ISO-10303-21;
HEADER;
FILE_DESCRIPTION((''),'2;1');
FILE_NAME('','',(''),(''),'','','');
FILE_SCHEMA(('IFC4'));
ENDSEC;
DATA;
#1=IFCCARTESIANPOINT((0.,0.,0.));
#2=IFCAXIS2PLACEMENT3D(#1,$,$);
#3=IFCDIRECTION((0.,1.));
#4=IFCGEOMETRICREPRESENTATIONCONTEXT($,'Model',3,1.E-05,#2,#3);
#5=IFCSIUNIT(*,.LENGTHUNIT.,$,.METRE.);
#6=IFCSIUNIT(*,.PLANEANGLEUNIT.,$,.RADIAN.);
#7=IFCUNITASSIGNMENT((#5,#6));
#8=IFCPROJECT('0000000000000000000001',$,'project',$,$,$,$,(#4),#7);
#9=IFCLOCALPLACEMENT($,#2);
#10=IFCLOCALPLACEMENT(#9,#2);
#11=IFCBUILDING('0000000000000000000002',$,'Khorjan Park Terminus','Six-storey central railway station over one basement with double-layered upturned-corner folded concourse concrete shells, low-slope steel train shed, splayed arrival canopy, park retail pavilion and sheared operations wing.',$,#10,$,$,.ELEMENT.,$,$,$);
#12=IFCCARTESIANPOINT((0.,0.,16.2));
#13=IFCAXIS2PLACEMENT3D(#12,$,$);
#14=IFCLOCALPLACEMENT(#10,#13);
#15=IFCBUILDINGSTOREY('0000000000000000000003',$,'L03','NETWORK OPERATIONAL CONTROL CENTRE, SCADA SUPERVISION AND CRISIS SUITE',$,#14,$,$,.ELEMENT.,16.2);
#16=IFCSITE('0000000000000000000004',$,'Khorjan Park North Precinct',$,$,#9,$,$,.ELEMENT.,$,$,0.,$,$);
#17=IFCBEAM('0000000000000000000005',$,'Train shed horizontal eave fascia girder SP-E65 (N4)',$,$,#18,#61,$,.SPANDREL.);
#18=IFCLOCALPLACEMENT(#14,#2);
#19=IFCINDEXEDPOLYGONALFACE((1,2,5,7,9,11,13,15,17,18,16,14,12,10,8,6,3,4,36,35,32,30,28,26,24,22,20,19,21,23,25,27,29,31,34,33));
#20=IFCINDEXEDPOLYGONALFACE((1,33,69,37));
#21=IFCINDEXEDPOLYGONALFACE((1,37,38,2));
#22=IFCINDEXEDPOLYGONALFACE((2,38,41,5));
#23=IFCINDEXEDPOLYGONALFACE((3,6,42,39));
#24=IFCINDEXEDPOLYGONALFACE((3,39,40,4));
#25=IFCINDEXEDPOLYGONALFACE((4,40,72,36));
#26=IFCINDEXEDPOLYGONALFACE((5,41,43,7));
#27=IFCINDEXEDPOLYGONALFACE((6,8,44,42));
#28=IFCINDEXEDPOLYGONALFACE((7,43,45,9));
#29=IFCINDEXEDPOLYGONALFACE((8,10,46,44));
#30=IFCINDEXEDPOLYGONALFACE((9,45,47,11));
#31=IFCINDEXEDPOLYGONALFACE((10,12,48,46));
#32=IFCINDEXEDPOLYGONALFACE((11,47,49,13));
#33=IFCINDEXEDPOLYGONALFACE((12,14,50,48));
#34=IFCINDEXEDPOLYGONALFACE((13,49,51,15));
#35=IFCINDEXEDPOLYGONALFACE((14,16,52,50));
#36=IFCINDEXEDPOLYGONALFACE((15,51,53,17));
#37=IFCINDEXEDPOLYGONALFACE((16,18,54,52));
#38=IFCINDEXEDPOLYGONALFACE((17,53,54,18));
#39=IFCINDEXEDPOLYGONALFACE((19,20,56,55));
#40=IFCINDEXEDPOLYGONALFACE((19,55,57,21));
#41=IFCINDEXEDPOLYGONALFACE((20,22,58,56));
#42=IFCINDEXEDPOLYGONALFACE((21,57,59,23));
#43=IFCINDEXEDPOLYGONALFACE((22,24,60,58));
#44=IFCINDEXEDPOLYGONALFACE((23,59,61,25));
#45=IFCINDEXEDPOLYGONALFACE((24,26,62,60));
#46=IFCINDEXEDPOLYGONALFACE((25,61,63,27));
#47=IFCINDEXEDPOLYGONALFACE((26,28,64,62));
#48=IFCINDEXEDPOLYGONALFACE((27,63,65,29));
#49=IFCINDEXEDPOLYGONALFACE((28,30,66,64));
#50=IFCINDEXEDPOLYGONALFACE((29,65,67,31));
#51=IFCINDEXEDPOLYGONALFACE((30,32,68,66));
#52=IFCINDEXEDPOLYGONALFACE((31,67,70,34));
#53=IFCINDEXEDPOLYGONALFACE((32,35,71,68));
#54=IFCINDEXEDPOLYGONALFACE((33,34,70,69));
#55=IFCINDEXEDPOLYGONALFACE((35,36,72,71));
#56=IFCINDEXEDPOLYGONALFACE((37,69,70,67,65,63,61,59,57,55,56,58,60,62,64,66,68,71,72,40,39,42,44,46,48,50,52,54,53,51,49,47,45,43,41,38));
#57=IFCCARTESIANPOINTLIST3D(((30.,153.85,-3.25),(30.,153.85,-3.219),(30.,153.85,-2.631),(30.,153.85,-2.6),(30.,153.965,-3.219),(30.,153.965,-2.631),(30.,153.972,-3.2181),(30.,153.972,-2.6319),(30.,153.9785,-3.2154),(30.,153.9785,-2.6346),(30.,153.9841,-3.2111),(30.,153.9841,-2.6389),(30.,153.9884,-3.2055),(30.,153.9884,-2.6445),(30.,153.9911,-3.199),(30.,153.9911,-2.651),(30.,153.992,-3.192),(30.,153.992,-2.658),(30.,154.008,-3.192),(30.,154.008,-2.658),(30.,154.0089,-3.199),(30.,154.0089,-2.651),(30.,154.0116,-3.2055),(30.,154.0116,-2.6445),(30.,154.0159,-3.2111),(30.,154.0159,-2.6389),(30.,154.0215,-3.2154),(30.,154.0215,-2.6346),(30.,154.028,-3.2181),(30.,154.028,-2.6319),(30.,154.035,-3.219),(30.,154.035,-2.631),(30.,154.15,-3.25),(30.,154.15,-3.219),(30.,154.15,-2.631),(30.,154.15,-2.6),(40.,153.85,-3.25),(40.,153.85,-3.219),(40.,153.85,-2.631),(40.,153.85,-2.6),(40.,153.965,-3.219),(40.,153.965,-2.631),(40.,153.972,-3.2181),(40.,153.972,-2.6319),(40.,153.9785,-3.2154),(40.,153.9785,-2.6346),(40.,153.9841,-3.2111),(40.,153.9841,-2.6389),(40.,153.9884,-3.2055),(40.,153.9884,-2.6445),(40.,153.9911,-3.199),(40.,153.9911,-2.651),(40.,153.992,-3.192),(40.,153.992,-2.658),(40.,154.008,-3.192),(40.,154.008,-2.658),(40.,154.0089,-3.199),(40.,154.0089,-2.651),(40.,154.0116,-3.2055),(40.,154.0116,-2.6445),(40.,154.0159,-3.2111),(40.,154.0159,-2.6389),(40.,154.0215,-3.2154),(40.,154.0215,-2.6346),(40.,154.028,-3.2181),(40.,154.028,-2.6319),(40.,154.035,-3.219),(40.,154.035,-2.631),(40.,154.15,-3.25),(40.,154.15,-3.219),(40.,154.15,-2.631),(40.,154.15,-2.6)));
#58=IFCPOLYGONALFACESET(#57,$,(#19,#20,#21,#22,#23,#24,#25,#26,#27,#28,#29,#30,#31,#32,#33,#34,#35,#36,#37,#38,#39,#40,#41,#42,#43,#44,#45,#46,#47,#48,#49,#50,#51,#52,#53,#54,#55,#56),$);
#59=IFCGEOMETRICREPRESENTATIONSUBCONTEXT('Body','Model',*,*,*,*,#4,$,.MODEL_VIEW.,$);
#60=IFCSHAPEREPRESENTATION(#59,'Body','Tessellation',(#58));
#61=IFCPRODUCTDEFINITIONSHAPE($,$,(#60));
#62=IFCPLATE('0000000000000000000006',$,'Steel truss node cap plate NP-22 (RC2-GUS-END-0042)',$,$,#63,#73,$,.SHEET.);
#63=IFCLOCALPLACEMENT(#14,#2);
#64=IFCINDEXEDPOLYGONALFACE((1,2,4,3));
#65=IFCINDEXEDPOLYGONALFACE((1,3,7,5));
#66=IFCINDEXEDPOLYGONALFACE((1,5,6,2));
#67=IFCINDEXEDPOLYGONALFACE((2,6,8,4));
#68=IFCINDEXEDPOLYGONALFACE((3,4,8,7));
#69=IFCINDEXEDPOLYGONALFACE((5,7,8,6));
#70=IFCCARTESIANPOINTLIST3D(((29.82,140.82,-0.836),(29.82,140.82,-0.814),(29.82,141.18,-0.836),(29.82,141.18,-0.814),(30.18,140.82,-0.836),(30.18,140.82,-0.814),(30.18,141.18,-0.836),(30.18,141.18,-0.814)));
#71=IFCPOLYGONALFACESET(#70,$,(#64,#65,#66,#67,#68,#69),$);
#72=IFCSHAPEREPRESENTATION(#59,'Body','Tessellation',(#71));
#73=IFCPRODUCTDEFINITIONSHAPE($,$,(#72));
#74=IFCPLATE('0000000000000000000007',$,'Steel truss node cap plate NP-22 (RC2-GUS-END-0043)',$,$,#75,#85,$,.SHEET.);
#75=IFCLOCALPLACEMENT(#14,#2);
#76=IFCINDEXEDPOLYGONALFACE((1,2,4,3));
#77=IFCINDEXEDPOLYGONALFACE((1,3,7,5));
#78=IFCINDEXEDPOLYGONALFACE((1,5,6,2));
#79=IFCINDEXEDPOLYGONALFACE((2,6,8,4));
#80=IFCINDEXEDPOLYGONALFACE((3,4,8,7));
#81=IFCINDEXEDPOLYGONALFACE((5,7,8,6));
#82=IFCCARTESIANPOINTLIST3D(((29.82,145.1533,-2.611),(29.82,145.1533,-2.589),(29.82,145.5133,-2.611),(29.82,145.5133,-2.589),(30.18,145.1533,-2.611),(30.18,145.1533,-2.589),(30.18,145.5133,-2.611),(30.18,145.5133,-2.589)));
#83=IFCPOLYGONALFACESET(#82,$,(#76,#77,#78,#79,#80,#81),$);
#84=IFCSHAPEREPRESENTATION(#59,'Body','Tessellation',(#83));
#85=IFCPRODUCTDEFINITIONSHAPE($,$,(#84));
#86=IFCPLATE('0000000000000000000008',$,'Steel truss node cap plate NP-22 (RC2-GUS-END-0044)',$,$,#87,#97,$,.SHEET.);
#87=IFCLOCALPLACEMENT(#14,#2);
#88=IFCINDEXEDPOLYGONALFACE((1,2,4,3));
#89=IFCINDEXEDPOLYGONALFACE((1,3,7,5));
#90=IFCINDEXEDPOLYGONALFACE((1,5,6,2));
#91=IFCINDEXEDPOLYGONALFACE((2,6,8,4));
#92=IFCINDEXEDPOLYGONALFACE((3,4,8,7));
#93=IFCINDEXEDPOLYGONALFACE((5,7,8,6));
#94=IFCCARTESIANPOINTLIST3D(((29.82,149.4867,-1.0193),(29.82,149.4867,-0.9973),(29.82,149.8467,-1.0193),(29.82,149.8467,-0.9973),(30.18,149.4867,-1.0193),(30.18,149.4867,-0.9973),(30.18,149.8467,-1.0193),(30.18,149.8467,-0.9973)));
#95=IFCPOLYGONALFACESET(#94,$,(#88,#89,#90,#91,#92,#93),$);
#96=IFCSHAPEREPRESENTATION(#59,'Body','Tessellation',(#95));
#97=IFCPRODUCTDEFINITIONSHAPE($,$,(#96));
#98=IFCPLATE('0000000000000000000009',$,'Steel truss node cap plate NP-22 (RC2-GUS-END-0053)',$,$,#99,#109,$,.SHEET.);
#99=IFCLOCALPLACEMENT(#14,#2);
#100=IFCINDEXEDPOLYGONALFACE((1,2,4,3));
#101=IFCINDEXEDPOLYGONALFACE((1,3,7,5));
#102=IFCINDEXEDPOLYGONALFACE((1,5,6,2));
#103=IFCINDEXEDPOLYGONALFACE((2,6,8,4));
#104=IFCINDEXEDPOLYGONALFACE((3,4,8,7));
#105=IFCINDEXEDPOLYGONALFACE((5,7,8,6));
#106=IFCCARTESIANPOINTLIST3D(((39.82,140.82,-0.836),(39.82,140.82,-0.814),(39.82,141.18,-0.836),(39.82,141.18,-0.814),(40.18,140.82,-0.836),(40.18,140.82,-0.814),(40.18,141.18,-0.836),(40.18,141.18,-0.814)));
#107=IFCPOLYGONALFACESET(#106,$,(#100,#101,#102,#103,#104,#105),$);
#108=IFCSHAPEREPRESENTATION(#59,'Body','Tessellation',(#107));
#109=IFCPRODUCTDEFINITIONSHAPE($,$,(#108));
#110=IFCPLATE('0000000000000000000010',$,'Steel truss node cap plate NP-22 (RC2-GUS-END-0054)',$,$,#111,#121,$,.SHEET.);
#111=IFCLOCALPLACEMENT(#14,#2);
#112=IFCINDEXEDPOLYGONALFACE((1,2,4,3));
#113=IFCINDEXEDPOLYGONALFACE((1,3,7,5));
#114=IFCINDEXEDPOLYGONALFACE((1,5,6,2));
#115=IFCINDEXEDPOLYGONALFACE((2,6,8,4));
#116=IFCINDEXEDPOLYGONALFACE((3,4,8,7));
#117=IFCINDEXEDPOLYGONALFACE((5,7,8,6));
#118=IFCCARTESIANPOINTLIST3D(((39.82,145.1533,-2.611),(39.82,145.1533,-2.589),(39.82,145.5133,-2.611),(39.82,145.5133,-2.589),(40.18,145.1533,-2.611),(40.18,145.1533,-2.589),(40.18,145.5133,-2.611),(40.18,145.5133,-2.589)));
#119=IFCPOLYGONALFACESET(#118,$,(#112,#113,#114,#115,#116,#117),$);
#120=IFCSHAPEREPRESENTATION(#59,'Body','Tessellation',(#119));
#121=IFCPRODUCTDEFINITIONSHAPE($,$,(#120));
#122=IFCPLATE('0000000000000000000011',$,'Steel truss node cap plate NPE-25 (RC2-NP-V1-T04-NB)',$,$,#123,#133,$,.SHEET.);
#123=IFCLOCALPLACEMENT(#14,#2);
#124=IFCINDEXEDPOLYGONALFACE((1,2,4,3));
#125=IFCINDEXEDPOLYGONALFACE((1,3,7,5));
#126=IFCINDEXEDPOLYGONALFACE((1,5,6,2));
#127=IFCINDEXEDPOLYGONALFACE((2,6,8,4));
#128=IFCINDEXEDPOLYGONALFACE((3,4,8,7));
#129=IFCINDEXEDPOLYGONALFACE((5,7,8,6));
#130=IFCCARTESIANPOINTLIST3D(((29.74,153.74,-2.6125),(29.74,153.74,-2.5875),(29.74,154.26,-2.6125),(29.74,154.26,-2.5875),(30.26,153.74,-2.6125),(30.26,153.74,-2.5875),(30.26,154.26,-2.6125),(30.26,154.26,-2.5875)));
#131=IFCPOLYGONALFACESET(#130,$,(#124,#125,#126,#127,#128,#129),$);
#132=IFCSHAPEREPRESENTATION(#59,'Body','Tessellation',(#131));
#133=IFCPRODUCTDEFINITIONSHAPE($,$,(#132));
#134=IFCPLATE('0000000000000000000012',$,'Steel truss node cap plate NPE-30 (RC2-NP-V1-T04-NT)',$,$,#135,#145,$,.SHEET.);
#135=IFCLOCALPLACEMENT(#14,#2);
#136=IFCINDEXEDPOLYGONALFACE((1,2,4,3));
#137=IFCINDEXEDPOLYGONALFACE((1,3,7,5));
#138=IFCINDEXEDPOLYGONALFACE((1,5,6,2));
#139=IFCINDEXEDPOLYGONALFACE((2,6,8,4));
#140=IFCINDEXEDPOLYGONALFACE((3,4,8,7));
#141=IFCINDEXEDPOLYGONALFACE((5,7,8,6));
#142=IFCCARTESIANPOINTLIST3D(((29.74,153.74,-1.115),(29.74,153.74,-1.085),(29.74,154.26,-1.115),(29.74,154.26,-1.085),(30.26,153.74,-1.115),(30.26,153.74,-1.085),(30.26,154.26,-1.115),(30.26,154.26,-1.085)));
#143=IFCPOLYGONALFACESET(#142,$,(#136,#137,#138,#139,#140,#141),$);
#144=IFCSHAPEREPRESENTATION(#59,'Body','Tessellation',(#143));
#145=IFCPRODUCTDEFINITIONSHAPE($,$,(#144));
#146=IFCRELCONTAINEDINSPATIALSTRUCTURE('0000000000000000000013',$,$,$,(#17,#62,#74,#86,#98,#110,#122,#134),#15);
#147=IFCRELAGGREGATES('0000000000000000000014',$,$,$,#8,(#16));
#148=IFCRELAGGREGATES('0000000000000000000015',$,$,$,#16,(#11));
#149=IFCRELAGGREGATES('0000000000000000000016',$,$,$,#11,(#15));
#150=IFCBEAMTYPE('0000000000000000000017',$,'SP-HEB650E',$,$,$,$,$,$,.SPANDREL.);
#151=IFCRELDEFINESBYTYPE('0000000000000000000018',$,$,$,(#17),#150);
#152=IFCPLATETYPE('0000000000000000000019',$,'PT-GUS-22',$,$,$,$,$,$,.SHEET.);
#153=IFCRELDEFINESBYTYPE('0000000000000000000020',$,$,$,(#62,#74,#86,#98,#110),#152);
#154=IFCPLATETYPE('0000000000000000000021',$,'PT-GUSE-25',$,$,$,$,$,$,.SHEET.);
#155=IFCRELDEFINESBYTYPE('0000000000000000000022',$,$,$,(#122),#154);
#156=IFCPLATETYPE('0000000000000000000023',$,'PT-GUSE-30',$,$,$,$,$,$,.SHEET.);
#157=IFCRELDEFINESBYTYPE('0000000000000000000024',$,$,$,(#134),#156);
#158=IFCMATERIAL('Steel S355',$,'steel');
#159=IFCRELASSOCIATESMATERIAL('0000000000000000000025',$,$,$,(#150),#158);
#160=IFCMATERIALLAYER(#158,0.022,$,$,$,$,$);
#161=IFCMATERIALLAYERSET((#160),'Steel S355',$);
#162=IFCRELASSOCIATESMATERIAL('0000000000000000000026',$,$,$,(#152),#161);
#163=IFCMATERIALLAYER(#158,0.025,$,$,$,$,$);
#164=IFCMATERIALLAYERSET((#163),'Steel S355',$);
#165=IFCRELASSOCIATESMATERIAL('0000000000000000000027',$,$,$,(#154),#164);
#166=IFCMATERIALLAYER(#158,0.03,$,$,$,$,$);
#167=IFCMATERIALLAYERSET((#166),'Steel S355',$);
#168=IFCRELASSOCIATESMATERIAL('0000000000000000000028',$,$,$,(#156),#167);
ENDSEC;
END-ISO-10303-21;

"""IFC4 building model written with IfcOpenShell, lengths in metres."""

from ifc_helpers import new_model, si_unit, direction, frame, origin, origin_2d, place, context, subcontext, project, spatial, rectangle, i_section, extrude, material, layer, layer_set, material_profile, profile_set, type_object, element, save


model = new_model("IFC4")

# Units and contexts
model_context = context("Model", 3, precision=1e-05, world=origin(), true_north=direction((0.0, 1.0)))
body_context = subcontext(model_context, "Body", "Model", "MODEL_VIEW")
ifc_project = project(units=[si_unit("LENGTHUNIT", "METRE"), si_unit("PLANEANGLEUNIT", "RADIAN")], contexts=[model_context])

# Site, building, storey
site_placement = place(None, origin())
site = spatial("IfcSite", under=ifc_project, at=site_placement, Name="Khorjan Park North Precinct", CompositionType="ELEMENT", RefElevation=0.0)
building_placement = place(site_placement, origin())
building = spatial("IfcBuilding", under=site, at=building_placement, Name="Khorjan Park Terminus", Description="Six-storey central railway station over one basement with double-layered upturned-corner folded concourse concrete shells, low-slope steel train shed, splayed arrival canopy, park retail pavilion and sheared operations wing.", CompositionType="ELEMENT")
storey_placement = place(building_placement, frame((0.0, 0.0, 16.2)))
storey = spatial("IfcBuildingStorey", under=building, at=storey_placement, Name="L03", Description="NETWORK OPERATIONAL CONTROL CENTRE, SCADA SUPERVISION AND CRISIS SUITE", CompositionType="ELEMENT", Elevation=16.2)

# Shared definitions
ifc_material = material(Name="Steel S355", Category="steel")

# Beam
ifc_material_profile_1 = material_profile(ifc_material, i_section(OverallWidth=0.3, OverallDepth=0.65, WebThickness=0.016, FlangeThickness=0.031, FilletRadius=0.027, at=origin_2d()), Name="HEB 650")
ifc_profile_set_1 = profile_set([ifc_material_profile_1], Name="Steel S355")
beam_type = type_object("IfcBeamType", Name="SP-HEB650E", PredefinedType="SPANDREL", material=ifc_profile_set_1)
beam_placement = place(storey_placement, frame((30.0, 154.0, -2.925), z_axis=(1.0, 0.0, 0.0), x_axis=(0.0, 1.0, 0.0)))
element("IfcBeam", 1, at=beam_placement, inside=storey, type_object=beam_type, Name="Train shed horizontal eave fascia girder SP-E65 (N4)", PredefinedType="SPANDREL", context=body_context, shape_type="SweptSolid", body=[
    extrude(i_section(OverallWidth=0.3, OverallDepth=0.65, WebThickness=0.016, FlangeThickness=0.031, FilletRadius=0.027, at=origin_2d()), origin(), (0.0, 0.0, 1.0), 10.0),
])

# Plates
ifc_layer_1 = layer(ifc_material, 0.022)
ifc_layer_set_1 = layer_set([ifc_layer_1], Name="Steel S355")
plate_type_1 = type_object("IfcPlateType", Name="PT-GUS-22", PredefinedType="SHEET", material=ifc_layer_set_1)
for number, where, z_axis, x_axis, name in (
    (2, (30.0, 141.0, -0.836), (0.0, 0.0, 1.0), (1.0, 0.0, 0.0), "Steel truss node cap plate NP-22 (RC2-GUS-END-0042)"),
    (3, (30.0, 145.3333, -2.611), (0.0, 0.0, 1.0), (1.0, 0.0, 0.0), "Steel truss node cap plate NP-22 (RC2-GUS-END-0043)"),
    (4, (30.0, 149.6667, -1.0193), (0.0, 0.0, 1.0), (1.0, 0.0, 0.0), "Steel truss node cap plate NP-22 (RC2-GUS-END-0044)"),
    (5, (40.0, 141.0, -0.836), (0.0, 0.0, 1.0), (1.0, 0.0, 0.0), "Steel truss node cap plate NP-22 (RC2-GUS-END-0053)"),
    (6, (40.0, 145.3333, -2.611), (0.0, 0.0, 1.0), (1.0, 0.0, 0.0), "Steel truss node cap plate NP-22 (RC2-GUS-END-0054)"),
):
    element("IfcPlate", number, at=place(storey_placement, frame(where, z_axis=z_axis, x_axis=x_axis)), inside=storey, type_object=plate_type_1, Name=name, PredefinedType="SHEET", context=body_context, shape_type="SweptSolid", body=[
        extrude(rectangle(XDim=0.36, YDim=0.36, at=origin_2d()), origin(), (0.0, 0.0, 1.0), 0.022),
    ])
ifc_layer_2 = layer(ifc_material, 0.025)
ifc_layer_set_2 = layer_set([ifc_layer_2], Name="Steel S355")
plate_type_2 = type_object("IfcPlateType", Name="PT-GUSE-25", PredefinedType="SHEET", material=ifc_layer_set_2)
plate_1_placement = place(storey_placement, frame((30.0, 154.0, -2.6125), z_axis=(0.0, 0.0, 1.0), x_axis=(1.0, 0.0, 0.0)))
element("IfcPlate", 7, at=plate_1_placement, inside=storey, type_object=plate_type_2, Name="Steel truss node cap plate NPE-25 (RC2-NP-V1-T04-NB)", PredefinedType="SHEET", context=body_context, shape_type="SweptSolid", body=[
    extrude(rectangle(XDim=0.52, YDim=0.52, at=origin_2d()), origin(), (0.0, 0.0, 1.0), 0.025),
])
ifc_layer_3 = layer(ifc_material, 0.03)
ifc_layer_set_3 = layer_set([ifc_layer_3], Name="Steel S355")
plate_type_3 = type_object("IfcPlateType", Name="PT-GUSE-30", PredefinedType="SHEET", material=ifc_layer_set_3)
plate_2_placement = place(storey_placement, frame((30.0, 154.0, -1.115), z_axis=(0.0, 0.0, 1.0), x_axis=(1.0, 0.0, 0.0)))
element("IfcPlate", 8, at=plate_2_placement, inside=storey, type_object=plate_type_3, Name="Steel truss node cap plate NPE-30 (RC2-NP-V1-T04-NT)", PredefinedType="SHEET", context=body_context, shape_type="SweptSolid", body=[
    extrude(rectangle(XDim=0.52, YDim=0.52, at=origin_2d()), origin(), (0.0, 0.0, 1.0), 0.03),
])

save(model, "model.ifc")
